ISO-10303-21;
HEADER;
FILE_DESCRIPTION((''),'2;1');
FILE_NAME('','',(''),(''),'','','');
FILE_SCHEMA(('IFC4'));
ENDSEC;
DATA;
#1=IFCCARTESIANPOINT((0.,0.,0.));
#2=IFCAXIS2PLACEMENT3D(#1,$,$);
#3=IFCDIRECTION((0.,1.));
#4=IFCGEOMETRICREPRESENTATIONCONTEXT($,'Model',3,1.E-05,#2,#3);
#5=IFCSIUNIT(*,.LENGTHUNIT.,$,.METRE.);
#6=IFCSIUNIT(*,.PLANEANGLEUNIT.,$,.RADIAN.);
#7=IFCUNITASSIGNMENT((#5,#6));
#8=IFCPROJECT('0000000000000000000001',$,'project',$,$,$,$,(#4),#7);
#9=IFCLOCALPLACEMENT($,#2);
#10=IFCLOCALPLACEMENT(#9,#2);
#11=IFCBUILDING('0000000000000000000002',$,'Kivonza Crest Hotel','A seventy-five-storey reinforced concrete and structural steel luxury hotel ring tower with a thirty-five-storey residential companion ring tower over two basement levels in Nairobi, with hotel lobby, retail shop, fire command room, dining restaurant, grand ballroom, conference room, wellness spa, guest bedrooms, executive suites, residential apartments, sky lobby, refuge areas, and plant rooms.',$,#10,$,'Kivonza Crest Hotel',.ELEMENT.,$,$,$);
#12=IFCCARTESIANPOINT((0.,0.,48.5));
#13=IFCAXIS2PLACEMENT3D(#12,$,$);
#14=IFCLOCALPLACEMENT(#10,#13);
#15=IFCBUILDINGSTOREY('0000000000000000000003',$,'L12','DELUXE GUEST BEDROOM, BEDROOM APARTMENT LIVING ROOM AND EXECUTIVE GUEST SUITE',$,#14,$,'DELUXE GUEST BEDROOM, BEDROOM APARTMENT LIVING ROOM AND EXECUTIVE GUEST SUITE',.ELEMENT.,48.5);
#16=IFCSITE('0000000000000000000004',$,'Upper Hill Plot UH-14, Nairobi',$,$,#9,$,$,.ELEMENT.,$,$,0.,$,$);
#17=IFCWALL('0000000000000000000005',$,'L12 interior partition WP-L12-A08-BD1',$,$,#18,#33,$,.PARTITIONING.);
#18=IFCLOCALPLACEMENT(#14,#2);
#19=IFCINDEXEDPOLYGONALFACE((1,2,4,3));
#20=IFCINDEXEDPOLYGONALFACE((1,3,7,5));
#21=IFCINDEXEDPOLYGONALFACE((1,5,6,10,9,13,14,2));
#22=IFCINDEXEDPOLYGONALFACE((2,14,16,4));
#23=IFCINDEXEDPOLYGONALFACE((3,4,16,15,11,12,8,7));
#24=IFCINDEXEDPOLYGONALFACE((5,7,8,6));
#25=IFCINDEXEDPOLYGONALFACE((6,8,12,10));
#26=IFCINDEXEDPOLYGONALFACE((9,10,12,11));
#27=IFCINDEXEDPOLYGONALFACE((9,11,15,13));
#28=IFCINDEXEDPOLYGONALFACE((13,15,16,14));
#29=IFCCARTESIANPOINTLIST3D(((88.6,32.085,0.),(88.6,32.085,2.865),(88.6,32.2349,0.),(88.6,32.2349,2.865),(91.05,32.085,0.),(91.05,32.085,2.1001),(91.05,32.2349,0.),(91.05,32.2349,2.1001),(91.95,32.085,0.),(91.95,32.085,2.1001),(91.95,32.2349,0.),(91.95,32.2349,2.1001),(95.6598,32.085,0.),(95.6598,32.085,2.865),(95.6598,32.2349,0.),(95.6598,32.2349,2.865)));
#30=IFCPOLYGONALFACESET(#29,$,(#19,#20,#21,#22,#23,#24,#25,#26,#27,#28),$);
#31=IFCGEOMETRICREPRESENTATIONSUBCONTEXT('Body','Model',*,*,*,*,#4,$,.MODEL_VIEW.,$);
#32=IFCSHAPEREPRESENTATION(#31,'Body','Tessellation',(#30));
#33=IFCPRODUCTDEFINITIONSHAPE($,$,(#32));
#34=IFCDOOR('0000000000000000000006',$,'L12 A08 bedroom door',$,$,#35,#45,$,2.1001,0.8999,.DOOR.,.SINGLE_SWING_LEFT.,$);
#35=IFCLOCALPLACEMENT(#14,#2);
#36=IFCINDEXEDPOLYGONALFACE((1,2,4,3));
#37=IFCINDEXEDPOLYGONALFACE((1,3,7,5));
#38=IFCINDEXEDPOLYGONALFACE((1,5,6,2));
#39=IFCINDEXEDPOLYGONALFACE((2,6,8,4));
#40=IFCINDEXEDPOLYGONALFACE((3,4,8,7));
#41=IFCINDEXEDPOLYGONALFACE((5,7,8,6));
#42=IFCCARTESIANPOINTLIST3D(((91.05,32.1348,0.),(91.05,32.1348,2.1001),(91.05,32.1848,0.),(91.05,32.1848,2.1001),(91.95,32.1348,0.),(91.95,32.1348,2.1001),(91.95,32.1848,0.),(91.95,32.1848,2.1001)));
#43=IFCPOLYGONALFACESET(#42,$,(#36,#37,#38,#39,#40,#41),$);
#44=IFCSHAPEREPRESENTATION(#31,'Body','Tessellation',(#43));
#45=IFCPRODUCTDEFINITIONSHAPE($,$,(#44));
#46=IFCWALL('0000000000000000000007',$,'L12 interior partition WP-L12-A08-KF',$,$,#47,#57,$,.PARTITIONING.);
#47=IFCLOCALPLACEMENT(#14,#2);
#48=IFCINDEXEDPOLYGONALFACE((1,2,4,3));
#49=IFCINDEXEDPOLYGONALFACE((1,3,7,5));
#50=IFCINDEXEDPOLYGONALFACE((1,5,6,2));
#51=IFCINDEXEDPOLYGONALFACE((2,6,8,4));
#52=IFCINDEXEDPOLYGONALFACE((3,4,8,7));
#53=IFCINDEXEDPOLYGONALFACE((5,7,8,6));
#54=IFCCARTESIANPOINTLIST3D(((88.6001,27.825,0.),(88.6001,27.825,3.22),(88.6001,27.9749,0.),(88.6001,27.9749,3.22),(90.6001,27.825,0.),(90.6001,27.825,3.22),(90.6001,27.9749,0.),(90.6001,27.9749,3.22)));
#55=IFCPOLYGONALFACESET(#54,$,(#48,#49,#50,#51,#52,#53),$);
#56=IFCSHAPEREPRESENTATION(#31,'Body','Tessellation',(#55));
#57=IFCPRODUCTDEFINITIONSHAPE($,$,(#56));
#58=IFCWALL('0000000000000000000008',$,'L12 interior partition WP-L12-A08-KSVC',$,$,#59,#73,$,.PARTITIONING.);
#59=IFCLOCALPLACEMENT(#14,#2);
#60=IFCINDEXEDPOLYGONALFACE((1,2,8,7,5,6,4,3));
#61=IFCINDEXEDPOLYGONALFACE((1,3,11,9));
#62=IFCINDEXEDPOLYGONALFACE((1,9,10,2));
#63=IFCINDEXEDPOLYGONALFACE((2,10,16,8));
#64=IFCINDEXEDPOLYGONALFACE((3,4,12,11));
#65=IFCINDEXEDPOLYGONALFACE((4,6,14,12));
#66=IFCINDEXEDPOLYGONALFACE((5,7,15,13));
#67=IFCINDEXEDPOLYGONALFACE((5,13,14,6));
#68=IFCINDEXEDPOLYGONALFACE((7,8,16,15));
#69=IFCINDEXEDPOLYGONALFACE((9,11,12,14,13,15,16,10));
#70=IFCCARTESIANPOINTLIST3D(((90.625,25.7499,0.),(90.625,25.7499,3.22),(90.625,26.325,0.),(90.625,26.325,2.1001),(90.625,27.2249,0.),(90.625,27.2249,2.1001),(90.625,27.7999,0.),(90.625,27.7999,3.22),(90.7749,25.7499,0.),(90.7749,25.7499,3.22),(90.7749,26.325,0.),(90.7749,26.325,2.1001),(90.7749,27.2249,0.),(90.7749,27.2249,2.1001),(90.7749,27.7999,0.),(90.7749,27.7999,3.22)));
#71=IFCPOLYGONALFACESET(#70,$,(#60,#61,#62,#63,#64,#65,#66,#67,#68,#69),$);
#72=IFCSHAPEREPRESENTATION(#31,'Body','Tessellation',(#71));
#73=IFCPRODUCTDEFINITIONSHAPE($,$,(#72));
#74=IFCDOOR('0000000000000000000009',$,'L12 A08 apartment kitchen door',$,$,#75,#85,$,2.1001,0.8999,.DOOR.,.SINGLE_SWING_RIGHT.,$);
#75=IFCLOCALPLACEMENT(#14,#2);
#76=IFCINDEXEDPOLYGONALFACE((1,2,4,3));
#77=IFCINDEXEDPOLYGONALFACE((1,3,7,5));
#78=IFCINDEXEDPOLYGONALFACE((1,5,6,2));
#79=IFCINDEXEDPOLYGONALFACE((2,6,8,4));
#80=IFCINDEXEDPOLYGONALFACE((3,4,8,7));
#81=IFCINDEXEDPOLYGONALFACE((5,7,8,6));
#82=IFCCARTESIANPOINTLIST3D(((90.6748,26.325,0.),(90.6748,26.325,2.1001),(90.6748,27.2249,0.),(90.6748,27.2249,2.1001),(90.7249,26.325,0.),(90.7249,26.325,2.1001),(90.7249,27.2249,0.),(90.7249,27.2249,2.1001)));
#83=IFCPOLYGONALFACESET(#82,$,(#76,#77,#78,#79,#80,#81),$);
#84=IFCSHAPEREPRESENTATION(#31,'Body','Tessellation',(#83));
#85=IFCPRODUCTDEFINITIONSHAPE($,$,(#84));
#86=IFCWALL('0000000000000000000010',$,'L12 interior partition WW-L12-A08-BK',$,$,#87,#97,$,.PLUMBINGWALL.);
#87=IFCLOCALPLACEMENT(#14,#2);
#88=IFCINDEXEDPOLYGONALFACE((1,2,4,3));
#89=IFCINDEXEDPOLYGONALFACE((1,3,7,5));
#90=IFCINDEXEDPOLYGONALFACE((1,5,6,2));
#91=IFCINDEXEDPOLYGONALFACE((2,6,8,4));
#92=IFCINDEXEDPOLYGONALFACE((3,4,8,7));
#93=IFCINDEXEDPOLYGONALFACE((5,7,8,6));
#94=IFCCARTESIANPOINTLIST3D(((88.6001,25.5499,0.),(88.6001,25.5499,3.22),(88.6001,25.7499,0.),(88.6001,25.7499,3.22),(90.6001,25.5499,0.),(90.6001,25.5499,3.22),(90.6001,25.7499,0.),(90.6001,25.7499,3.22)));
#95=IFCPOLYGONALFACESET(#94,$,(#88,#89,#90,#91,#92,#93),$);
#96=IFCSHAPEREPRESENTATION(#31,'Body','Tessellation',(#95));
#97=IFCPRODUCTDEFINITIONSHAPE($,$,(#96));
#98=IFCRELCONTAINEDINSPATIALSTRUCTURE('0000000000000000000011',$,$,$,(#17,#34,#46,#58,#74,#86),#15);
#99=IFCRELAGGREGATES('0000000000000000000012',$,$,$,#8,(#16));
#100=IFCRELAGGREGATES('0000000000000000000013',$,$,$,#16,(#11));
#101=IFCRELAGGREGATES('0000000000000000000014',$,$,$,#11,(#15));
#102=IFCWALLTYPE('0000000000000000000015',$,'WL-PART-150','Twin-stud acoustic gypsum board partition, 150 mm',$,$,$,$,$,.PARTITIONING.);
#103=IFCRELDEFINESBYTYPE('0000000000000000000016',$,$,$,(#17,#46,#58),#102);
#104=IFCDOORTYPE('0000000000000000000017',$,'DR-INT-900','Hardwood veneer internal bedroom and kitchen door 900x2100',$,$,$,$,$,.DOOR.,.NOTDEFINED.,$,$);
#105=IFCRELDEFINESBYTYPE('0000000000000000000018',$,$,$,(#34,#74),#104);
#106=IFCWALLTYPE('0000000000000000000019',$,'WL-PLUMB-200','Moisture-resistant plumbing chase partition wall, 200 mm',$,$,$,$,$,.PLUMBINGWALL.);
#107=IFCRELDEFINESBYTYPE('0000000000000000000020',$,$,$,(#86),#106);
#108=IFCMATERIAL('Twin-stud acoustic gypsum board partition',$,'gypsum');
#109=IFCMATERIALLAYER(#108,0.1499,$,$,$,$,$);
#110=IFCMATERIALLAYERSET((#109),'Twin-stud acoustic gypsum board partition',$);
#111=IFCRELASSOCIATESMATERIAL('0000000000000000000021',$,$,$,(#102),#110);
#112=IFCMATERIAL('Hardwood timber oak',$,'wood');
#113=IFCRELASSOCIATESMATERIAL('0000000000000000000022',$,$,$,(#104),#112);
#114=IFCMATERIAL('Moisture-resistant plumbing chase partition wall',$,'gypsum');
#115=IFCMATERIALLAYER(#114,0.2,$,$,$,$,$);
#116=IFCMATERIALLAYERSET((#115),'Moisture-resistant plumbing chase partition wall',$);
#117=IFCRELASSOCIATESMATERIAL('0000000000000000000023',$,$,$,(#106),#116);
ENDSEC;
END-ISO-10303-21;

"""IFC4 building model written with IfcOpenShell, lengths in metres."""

from ifc_helpers import new_model, si_unit, direction, frame, frame_2d, origin, place, context, subcontext, project, spatial, rectangle, extrude, material, layer, layer_set, type_object, element, fill, save


model = new_model("IFC4")

# Units and contexts
model_context = context("Model", 3, precision=1e-05, world=origin(), true_north=direction((0.0, 1.0)))
body_context = subcontext(model_context, "Body", "Model", "MODEL_VIEW")
ifc_project = project(units=[si_unit("LENGTHUNIT", "METRE"), si_unit("PLANEANGLEUNIT", "RADIAN")], contexts=[model_context])

# Site, building, storey
site_placement = place(None, origin())
site = spatial("IfcSite", under=ifc_project, at=site_placement, Name="Upper Hill Plot UH-14, Nairobi", CompositionType="ELEMENT", RefElevation=0.0)
building_placement = place(site_placement, origin())
building = spatial("IfcBuilding", under=site, at=building_placement, Name="Kivonza Crest Hotel", Description="A seventy-five-storey reinforced concrete and structural steel luxury hotel ring tower with a thirty-five-storey residential companion ring tower over two basement levels in Nairobi, with hotel lobby, retail shop, fire command room, dining restaurant, grand ballroom, conference room, wellness spa, guest bedrooms, executive suites, residential apartments, sky lobby, refuge areas, and plant rooms.", LongName="Kivonza Crest Hotel", CompositionType="ELEMENT")
storey_placement = place(building_placement, frame((0.0, 0.0, 48.5)))
storey = spatial("IfcBuildingStorey", under=building, at=storey_placement, Name="L12", Description="DELUXE GUEST BEDROOM, BEDROOM APARTMENT LIVING ROOM AND EXECUTIVE GUEST SUITE", LongName="DELUXE GUEST BEDROOM, BEDROOM APARTMENT LIVING ROOM AND EXECUTIVE GUEST SUITE", CompositionType="ELEMENT", Elevation=48.5)

# Shared definitions
ifc_material_1 = material(Name="Hardwood timber oak", Category="wood")

# Wall, opening, door
ifc_material_2 = material(Name="Twin-stud acoustic gypsum board partition", Category="gypsum")
ifc_layer_1 = layer(ifc_material_2, 0.1499)
ifc_layer_set_1 = layer_set([ifc_layer_1], Name="Twin-stud acoustic gypsum board partition")
wall_type_1 = type_object("IfcWallType", Name="WL-PART-150", Description="Twin-stud acoustic gypsum board partition, 150 mm", PredefinedType="PARTITIONING", material=ifc_layer_set_1)
wall_1_placement = place(storey_placement, frame((88.6001, 32.1599, 0.0), z_axis=(0.0, 0.0, 1.0), x_axis=(1.0, 0.0, 0.0)))
wall_1 = element("IfcWall", 1, at=wall_1_placement, inside=storey, type_object=wall_type_1, Name="L12 interior partition WP-L12-A08-BD1", PredefinedType="PARTITIONING", context=body_context, shape_type="SweptSolid", body=[
    extrude(rectangle(XDim=7.0598, YDim=0.1499, at=frame_2d((3.5298, 0.0))), origin(), (0.0, 0.0, 1.0), 2.865),
])
opening_1_placement = place(wall_1_placement, frame((2.45, 0.0, 0.0)))
opening_1 = element("IfcOpeningElement", 2, at=opening_1_placement, cuts=wall_1, PredefinedType="OPENING", context=body_context, shape_type="SweptSolid", body=[
    extrude(rectangle(XDim=0.8999, YDim=2.1001, at=frame_2d((0.45, 1.05))), frame((0.0, 0.085, 0.0), z_axis=(0.0, -1.0, 0.0), x_axis=(1.0, 0.0, 0.0)), (0.0, 0.0, 1.0), 0.1699),
])
door_type_1 = type_object("IfcDoorType", Name="DR-INT-900", Description="Hardwood veneer internal bedroom and kitchen door 900x2100", OperationType="NOTDEFINED", PredefinedType="DOOR", material=ifc_material_1)
door_1_placement = place(opening_1_placement, origin())
door_1 = element("IfcDoor", 3, at=door_1_placement, inside=storey, type_object=door_type_1, Name="L12 A08 bedroom door", OperationType="SINGLE_SWING_LEFT", OverallHeight=2.1001, OverallWidth=0.8999, PredefinedType="DOOR", context=body_context, shape_type="SweptSolid", body=[
    extrude(rectangle(XDim=0.8999, YDim=2.1001, at=frame_2d((0.45, 1.05))), frame((0.0, 0.0249, 0.0), z_axis=(0.0, -1.0, 0.0), x_axis=(1.0, 0.0, 0.0)), (0.0, 0.0, 1.0), 0.05),
])
fill(opening_1, door_1)

# Wall
wall_2_placement = place(storey_placement, frame((88.6001, 27.8999, 0.0), z_axis=(0.0, 0.0, 1.0), x_axis=(1.0, 0.0, 0.0)))
element("IfcWall", 4, at=wall_2_placement, inside=storey, type_object=wall_type_1, Name="L12 interior partition WP-L12-A08-KF", PredefinedType="PARTITIONING", context=body_context, shape_type="SweptSolid", body=[
    extrude(rectangle(XDim=2.0, YDim=0.1499, at=frame_2d((1.0, 0.0))), origin(), (0.0, 0.0, 1.0), 3.22),
])

# Wall, opening, door
wall_3_placement = place(storey_placement, frame((90.7, 25.75, 0.0), z_axis=(0.0, 0.0, 1.0), x_axis=(0.0, 1.0, 0.0)))
wall_3 = element("IfcWall", 5, at=wall_3_placement, inside=storey, type_object=wall_type_1, Name="L12 interior partition WP-L12-A08-KSVC", PredefinedType="PARTITIONING", context=body_context, shape_type="SweptSolid", body=[
    extrude(rectangle(XDim=2.05, YDim=0.1499, at=frame_2d((1.0249, 0.0))), origin(), (0.0, 0.0, 1.0), 3.22),
])
opening_2_placement = place(wall_3_placement, frame((0.575, 0.0, 0.0)))
opening_2 = element("IfcOpeningElement", 6, at=opening_2_placement, cuts=wall_3, PredefinedType="OPENING", context=body_context, shape_type="SweptSolid", body=[
    extrude(rectangle(XDim=0.8999, YDim=2.1001, at=frame_2d((0.45, 1.05))), frame((0.0, 0.085, 0.0), z_axis=(0.0, -1.0, 0.0), x_axis=(1.0, 0.0, 0.0)), (0.0, 0.0, 1.0), 0.1699),
])
door_2_placement = place(opening_2_placement, frame((0.8999, 0.0, 0.0), z_axis=(0.0, 0.0, 1.0), x_axis=(-1.0, 0.0, 0.0)))
door_2 = element("IfcDoor", 7, at=door_2_placement, inside=storey, type_object=door_type_1, Name="L12 A08 apartment kitchen door", OperationType="SINGLE_SWING_RIGHT", OverallHeight=2.1001, OverallWidth=0.8999, PredefinedType="DOOR", context=body_context, shape_type="SweptSolid", body=[
    extrude(rectangle(XDim=0.8999, YDim=2.1001, at=frame_2d((0.45, 1.05))), frame((0.0, 0.0249, 0.0), z_axis=(0.0, -1.0, 0.0), x_axis=(1.0, 0.0, 0.0)), (0.0, 0.0, 1.0), 0.05),
])
fill(opening_2, door_2)

# Wall
ifc_material_3 = material(Name="Moisture-resistant plumbing chase partition wall", Category="gypsum")
ifc_layer_2 = layer(ifc_material_3, 0.2)
ifc_layer_set_2 = layer_set([ifc_layer_2], Name="Moisture-resistant plumbing chase partition wall")
wall_type_2 = type_object("IfcWallType", Name="WL-PLUMB-200", Description="Moisture-resistant plumbing chase partition wall, 200 mm", PredefinedType="PLUMBINGWALL", material=ifc_layer_set_2)
wall_4_placement = place(storey_placement, frame((88.6001, 25.6499, 0.0), z_axis=(0.0, 0.0, 1.0), x_axis=(1.0, 0.0, 0.0)))
element("IfcWall", 8, at=wall_4_placement, inside=storey, type_object=wall_type_2, Name="L12 interior partition WW-L12-A08-BK", PredefinedType="PLUMBINGWALL", context=body_context, shape_type="SweptSolid", body=[
    extrude(rectangle(XDim=2.0, YDim=0.2, at=frame_2d((1.0, 0.0))), origin(), (0.0, 0.0, 1.0), 3.22),
])

save(model, "model.ifc")
